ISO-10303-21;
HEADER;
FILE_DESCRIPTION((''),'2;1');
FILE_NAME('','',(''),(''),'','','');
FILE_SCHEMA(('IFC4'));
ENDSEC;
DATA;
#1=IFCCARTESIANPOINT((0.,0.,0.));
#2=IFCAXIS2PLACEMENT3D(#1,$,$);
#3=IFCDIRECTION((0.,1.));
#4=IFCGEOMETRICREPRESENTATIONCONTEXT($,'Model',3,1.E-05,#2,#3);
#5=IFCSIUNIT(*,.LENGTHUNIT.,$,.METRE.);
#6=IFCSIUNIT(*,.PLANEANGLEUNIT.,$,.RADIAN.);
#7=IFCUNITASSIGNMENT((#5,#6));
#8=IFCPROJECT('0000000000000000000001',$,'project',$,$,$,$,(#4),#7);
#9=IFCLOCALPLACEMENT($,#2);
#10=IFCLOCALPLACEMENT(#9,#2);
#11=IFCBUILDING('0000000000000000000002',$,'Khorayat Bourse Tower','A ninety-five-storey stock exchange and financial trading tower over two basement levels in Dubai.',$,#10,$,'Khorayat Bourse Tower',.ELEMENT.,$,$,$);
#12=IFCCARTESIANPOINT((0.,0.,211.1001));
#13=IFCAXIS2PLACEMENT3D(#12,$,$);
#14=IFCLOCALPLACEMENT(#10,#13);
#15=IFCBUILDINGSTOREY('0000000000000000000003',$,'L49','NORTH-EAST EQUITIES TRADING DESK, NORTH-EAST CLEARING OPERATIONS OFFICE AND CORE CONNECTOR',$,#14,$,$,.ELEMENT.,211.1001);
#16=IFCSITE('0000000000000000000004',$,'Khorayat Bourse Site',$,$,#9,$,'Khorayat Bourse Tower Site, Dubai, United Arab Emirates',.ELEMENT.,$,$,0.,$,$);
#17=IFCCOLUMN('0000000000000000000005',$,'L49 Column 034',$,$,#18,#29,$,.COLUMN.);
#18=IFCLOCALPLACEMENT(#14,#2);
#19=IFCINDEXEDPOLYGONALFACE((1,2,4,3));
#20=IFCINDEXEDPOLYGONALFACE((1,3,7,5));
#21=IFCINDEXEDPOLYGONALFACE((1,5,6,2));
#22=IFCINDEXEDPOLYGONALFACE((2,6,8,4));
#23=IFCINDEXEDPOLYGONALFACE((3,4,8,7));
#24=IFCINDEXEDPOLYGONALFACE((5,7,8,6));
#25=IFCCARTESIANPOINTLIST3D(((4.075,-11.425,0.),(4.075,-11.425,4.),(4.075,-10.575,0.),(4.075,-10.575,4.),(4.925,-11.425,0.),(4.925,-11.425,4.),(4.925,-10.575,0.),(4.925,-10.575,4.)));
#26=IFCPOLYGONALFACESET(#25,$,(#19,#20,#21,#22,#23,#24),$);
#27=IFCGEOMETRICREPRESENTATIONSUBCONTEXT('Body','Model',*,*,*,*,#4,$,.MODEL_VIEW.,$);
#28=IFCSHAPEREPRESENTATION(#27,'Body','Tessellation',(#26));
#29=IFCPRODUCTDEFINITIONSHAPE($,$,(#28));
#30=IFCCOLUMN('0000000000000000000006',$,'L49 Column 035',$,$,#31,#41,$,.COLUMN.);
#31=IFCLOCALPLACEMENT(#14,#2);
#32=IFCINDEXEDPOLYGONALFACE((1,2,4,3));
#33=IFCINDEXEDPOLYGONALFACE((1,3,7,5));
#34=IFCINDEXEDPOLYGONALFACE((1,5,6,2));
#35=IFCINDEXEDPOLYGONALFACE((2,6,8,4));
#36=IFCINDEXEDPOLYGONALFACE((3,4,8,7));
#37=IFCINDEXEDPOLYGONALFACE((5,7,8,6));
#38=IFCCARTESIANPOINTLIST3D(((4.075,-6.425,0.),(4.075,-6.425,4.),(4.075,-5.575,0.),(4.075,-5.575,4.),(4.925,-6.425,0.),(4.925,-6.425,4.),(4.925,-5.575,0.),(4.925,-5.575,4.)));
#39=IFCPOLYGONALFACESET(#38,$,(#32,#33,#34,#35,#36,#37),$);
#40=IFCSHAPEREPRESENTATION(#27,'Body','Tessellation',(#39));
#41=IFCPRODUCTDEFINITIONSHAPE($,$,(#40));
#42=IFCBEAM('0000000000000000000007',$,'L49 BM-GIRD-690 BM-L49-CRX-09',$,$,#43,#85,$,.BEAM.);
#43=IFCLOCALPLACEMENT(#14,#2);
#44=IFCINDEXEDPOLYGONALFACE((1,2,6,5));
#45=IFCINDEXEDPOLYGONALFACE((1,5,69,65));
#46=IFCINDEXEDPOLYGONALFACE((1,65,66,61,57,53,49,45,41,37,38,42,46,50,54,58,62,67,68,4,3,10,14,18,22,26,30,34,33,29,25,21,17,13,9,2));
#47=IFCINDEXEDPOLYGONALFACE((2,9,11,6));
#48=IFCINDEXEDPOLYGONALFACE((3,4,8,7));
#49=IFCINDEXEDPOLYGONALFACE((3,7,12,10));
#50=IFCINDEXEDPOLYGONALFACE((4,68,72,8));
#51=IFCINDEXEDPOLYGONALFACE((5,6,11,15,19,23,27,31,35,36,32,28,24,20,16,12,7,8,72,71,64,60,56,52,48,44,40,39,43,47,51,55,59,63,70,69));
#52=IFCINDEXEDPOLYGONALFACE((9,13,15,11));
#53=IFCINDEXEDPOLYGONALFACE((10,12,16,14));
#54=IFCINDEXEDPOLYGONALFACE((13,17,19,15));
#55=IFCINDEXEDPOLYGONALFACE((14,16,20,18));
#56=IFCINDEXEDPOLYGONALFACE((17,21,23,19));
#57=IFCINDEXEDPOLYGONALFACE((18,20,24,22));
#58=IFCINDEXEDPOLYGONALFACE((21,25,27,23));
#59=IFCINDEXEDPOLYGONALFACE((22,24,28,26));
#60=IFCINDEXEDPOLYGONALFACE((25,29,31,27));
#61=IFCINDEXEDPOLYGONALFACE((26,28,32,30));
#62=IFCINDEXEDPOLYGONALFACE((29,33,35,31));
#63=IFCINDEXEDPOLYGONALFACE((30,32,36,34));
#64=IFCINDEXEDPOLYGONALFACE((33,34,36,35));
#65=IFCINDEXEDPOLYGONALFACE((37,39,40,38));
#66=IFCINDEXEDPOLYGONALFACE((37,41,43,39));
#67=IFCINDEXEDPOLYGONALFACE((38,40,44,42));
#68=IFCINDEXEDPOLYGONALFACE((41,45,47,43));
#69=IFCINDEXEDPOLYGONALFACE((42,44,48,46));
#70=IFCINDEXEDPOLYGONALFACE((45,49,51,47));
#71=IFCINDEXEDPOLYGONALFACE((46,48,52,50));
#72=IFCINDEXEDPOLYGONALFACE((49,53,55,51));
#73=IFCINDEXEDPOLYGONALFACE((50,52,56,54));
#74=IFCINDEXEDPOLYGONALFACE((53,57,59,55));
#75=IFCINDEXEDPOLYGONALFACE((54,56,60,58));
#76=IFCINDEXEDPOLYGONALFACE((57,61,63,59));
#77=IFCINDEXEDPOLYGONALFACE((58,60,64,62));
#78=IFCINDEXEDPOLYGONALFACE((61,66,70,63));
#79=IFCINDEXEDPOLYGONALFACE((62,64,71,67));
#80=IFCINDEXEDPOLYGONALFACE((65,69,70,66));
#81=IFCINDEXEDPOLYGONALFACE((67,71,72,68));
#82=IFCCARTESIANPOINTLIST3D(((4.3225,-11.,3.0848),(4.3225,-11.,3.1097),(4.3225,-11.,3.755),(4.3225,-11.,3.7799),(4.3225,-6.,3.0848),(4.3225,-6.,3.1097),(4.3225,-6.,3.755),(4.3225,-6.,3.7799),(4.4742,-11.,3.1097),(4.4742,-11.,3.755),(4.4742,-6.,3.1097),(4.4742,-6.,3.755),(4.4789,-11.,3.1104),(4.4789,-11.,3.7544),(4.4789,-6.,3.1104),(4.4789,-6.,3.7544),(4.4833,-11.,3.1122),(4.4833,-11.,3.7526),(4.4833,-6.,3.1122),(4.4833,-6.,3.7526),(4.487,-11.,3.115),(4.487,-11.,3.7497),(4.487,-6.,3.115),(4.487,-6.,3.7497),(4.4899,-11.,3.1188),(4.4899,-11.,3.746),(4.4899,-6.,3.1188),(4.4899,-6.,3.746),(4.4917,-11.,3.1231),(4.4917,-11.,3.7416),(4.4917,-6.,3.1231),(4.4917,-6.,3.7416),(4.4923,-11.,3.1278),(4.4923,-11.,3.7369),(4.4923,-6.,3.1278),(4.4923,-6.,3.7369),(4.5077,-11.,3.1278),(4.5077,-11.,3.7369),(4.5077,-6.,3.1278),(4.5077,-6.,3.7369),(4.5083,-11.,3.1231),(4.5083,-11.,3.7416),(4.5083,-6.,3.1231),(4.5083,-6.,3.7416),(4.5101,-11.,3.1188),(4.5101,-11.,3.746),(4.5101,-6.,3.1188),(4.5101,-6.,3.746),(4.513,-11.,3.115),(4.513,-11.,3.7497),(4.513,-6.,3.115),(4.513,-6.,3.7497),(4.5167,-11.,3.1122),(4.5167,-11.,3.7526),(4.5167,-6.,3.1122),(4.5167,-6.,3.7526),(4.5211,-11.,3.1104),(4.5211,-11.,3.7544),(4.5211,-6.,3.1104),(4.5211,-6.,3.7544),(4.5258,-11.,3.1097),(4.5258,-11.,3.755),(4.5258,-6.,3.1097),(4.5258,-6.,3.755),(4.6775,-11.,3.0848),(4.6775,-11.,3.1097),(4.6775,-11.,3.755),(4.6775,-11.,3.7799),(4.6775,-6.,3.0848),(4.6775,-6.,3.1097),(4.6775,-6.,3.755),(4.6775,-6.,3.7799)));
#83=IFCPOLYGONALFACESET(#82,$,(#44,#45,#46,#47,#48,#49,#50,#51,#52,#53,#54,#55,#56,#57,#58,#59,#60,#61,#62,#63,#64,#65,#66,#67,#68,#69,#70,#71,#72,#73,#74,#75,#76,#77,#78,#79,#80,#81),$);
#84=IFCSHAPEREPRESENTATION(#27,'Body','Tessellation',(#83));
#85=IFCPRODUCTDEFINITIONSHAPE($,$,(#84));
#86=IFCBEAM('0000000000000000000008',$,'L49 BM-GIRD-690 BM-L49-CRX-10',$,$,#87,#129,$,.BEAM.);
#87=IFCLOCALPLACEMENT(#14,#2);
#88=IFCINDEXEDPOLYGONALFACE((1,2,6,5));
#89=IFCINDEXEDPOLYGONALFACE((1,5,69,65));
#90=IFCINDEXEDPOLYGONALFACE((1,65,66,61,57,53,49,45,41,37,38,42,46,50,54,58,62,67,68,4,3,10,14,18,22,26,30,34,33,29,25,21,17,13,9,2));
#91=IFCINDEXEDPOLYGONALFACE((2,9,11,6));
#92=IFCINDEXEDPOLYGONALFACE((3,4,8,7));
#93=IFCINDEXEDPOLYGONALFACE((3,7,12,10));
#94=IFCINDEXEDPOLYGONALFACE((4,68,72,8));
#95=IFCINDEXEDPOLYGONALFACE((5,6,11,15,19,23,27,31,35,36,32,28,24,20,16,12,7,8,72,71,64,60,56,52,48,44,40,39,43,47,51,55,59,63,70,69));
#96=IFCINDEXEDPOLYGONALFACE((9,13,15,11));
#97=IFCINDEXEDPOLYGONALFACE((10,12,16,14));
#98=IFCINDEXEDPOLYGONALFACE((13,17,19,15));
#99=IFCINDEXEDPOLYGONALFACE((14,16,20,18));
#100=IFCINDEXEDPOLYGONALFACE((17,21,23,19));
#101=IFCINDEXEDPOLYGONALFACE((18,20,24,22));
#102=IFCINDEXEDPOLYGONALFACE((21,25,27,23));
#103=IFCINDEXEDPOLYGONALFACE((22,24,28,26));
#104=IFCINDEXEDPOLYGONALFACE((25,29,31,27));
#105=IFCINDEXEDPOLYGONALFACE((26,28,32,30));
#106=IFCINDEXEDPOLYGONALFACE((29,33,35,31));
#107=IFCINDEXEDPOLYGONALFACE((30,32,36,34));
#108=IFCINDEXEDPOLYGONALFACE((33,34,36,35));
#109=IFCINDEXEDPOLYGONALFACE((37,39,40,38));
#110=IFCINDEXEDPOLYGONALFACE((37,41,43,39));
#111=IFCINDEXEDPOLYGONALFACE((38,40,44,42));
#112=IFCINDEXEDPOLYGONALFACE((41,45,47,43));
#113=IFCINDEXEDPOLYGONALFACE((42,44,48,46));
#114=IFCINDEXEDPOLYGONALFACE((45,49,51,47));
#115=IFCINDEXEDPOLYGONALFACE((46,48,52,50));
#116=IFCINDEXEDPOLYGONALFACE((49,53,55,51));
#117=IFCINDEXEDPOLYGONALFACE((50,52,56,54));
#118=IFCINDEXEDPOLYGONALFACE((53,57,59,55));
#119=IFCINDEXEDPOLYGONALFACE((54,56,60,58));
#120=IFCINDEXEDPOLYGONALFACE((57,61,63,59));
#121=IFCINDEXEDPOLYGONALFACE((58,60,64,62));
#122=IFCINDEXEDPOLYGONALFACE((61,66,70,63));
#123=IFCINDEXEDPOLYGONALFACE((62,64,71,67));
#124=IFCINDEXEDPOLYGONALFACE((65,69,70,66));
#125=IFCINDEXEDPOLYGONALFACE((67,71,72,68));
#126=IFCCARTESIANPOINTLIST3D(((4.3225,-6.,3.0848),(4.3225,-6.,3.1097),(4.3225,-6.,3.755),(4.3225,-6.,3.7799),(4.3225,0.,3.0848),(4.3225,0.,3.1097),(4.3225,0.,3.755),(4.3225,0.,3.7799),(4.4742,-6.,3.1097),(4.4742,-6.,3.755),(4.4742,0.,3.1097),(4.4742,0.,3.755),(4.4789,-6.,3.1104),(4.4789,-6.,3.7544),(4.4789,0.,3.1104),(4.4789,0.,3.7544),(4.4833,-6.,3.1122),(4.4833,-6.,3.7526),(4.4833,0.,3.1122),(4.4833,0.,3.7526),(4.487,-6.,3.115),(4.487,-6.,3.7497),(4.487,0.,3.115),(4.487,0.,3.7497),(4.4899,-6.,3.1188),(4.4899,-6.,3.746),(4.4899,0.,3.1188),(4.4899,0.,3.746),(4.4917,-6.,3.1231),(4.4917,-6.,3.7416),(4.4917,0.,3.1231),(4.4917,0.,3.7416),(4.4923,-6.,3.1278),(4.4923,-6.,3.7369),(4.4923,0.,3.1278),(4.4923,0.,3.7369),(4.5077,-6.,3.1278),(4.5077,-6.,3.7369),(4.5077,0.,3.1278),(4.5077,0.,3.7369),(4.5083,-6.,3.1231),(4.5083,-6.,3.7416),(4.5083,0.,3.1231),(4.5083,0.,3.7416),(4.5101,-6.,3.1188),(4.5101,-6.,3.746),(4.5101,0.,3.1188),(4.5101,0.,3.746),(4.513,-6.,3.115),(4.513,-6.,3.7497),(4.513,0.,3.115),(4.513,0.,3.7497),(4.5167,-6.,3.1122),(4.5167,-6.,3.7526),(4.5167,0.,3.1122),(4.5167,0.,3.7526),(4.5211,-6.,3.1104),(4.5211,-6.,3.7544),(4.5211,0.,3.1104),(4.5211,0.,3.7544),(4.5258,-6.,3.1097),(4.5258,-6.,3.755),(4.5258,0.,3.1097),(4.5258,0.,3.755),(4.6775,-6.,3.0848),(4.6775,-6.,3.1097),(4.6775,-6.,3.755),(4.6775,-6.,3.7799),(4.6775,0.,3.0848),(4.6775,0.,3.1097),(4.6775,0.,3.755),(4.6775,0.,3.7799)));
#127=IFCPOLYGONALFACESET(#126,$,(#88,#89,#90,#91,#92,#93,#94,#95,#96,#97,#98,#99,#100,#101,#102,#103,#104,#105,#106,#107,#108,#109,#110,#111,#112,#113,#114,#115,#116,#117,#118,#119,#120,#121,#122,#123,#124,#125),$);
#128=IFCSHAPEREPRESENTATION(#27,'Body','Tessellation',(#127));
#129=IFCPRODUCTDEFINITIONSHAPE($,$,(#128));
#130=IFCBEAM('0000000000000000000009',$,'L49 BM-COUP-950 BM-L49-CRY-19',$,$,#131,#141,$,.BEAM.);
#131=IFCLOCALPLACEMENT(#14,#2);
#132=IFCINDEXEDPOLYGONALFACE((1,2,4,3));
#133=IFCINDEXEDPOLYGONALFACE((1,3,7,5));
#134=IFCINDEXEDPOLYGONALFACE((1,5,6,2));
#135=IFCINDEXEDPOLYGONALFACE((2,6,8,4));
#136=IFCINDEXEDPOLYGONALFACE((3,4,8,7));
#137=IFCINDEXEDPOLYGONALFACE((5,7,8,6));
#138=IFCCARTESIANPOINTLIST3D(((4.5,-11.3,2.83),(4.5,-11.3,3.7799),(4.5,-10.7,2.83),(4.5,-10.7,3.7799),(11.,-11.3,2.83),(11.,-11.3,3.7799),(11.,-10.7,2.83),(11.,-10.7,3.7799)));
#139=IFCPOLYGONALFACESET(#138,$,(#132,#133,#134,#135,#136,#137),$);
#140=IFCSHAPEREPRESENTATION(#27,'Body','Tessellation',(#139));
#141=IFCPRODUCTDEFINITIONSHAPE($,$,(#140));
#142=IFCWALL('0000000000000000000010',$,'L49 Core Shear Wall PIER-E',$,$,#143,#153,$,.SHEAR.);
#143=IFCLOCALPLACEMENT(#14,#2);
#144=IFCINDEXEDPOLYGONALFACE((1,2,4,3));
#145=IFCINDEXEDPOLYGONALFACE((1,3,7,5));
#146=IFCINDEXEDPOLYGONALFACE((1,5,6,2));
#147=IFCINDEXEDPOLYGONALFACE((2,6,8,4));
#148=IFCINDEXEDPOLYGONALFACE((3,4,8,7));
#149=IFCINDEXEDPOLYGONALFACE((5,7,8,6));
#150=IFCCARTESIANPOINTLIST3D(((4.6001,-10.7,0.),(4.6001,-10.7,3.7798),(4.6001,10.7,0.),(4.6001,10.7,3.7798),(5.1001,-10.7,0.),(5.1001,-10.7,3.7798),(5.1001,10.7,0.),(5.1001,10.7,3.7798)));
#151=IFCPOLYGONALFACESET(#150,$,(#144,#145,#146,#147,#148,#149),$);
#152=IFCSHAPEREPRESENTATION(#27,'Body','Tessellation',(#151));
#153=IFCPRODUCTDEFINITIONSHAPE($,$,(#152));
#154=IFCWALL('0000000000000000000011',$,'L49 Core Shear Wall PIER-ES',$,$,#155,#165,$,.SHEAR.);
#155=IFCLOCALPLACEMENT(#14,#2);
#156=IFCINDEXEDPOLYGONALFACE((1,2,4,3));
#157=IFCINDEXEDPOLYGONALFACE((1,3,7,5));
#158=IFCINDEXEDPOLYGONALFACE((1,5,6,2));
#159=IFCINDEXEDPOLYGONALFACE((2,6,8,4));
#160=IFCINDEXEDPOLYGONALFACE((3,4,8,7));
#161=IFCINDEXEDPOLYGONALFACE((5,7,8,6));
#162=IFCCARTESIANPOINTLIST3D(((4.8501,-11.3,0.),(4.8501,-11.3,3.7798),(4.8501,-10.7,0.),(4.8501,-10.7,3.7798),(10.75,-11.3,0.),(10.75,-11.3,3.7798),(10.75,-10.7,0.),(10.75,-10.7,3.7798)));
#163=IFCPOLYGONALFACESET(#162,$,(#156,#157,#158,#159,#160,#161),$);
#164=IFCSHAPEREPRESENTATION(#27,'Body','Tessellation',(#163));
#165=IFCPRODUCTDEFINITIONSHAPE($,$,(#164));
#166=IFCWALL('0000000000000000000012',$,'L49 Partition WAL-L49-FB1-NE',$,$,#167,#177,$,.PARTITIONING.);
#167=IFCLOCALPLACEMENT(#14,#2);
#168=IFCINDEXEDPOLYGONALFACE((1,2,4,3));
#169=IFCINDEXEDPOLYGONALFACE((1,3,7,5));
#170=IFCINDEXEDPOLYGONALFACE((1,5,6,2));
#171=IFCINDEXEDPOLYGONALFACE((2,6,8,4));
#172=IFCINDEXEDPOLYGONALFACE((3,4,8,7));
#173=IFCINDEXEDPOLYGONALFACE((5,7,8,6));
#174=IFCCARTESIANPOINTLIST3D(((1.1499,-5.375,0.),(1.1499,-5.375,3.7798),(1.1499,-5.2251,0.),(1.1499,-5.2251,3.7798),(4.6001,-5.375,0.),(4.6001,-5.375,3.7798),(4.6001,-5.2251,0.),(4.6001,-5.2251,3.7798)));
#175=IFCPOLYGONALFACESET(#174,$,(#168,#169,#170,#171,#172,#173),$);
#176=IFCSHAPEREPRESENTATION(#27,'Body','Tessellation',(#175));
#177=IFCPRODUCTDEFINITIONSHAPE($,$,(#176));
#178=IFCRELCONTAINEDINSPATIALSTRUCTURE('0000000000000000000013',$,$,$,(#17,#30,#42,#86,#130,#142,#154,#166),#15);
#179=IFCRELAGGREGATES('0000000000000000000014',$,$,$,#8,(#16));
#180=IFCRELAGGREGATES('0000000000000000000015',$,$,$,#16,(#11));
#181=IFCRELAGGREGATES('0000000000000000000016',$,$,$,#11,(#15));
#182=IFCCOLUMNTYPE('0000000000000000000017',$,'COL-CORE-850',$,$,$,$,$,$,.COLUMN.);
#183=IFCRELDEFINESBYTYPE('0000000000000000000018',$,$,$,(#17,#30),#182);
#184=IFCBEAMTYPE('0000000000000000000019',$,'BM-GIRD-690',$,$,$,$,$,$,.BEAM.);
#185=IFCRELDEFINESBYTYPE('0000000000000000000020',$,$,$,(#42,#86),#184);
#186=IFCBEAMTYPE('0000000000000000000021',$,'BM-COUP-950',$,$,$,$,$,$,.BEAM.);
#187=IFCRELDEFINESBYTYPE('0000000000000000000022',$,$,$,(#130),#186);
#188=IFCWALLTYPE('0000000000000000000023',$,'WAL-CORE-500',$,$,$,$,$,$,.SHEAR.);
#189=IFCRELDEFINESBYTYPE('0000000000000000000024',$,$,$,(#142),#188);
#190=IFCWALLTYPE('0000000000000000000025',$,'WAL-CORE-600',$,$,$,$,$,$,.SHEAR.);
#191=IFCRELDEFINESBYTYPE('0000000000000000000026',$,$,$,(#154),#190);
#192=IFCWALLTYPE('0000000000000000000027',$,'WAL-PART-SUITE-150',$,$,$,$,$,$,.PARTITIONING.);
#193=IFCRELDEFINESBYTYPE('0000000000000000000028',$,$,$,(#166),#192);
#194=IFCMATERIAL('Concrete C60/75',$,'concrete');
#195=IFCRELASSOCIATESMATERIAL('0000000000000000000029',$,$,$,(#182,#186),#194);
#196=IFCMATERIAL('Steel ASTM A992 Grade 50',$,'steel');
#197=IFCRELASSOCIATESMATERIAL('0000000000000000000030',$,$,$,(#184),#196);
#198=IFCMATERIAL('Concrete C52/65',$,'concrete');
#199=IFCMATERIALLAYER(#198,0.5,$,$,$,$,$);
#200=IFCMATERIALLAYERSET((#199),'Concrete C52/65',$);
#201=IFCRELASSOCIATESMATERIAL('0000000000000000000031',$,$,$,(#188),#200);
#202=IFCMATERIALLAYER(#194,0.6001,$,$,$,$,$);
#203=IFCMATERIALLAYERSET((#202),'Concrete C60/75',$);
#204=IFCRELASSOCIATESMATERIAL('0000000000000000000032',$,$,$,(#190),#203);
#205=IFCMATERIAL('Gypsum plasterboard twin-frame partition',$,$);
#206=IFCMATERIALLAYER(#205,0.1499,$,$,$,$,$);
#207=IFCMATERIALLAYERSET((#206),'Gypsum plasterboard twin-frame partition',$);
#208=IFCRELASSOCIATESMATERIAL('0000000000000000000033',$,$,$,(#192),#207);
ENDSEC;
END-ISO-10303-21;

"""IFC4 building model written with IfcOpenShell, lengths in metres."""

from ifc_helpers import new_model, si_unit, direction, frame, frame_2d, origin, origin_2d, place, context, subcontext, project, spatial, rectangle, i_section, extrude, source, transform, mapped, material, layer, layer_set, material_profile, profile_set, type_object, element, save


model = new_model("IFC4")

# Units and contexts
model_context = context("Model", 3, precision=1e-05, world=origin(), true_north=direction((0.0, 1.0)))
body_context = subcontext(model_context, "Body", "Model", "MODEL_VIEW")
ifc_project = project(units=[si_unit("LENGTHUNIT", "METRE"), si_unit("PLANEANGLEUNIT", "RADIAN")], contexts=[model_context])

# Site, building, storey
site_placement = place(None, origin())
site = spatial("IfcSite", under=ifc_project, at=site_placement, Name="Khorayat Bourse Site", LongName="Khorayat Bourse Tower Site, Dubai, United Arab Emirates", CompositionType="ELEMENT", RefElevation=0.0)
building_placement = place(site_placement, origin())
building = spatial("IfcBuilding", under=site, at=building_placement, Name="Khorayat Bourse Tower", Description="A ninety-five-storey stock exchange and financial trading tower over two basement levels in Dubai.", LongName="Khorayat Bourse Tower", CompositionType="ELEMENT")
storey_placement = place(building_placement, frame((0.0, 0.0, 211.1001)))
storey = spatial("IfcBuildingStorey", under=building, at=storey_placement, Name="L49", Description="NORTH-EAST EQUITIES TRADING DESK, NORTH-EAST CLEARING OPERATIONS OFFICE AND CORE CONNECTOR", CompositionType="ELEMENT", Elevation=211.1001)

# Columns
ifc_material_1 = material(Name="Concrete C60/75", Category="concrete")
ifc_material_profile_1 = material_profile(ifc_material_1, rectangle(XDim=0.8501, YDim=0.8501, at=origin_2d()), Name="RC 850x850")
ifc_profile_set_1 = profile_set([ifc_material_profile_1], Name="Concrete C60/75")
column_type = type_object("IfcColumnType", Name="COL-CORE-850", PredefinedType="COLUMN", material=ifc_profile_set_1)
shared_shape_1 = source(origin(), body_context, "Body", "SweptSolid", [
    extrude(rectangle(XDim=0.8501, YDim=0.8501, at=origin_2d()), origin(), (0.0, 0.0, 1.0), 4.0),
])
for number, where, z_axis, x_axis, name in (
    (1, (4.5, -11.0, 0.0), (0.0, 0.0, 1.0), (1.0, 0.0, 0.0), "L49 Column 034"),
    (2, (4.5, -6.0, 0.0), (0.0, 0.0, 1.0), (1.0, 0.0, 0.0), "L49 Column 035"),
):
    element("IfcColumn", number, at=place(storey_placement, frame(where, z_axis=z_axis, x_axis=x_axis)), inside=storey, type_object=column_type, Name=name, PredefinedType="COLUMN", context=body_context, shape_type="MappedRepresentation", body=[
        mapped(shared_shape_1, transform((0.0, 0.0, 0.0), scale=1.0)),
    ])

# Beams
ifc_material_2 = material(Name="Steel ASTM A992 Grade 50", Category="steel")
ifc_material_profile_2 = material_profile(ifc_material_2, i_section(OverallWidth=0.355, OverallDepth=0.6951, WebThickness=0.0154, FlangeThickness=0.0249, FilletRadius=0.0181, at=origin_2d()), Name="W690X217")
ifc_profile_set_2 = profile_set([ifc_material_profile_2], Name="Steel ASTM A992 Grade 50")
beam_type_1 = type_object("IfcBeamType", Name="BM-GIRD-690", PredefinedType="BEAM", material=ifc_profile_set_2)
shared_shape_2 = source(origin(), body_context, "Body", "SweptSolid", [
    extrude(i_section(OverallWidth=0.355, OverallDepth=0.6951, WebThickness=0.0154, FlangeThickness=0.0249, FilletRadius=0.0181, at=origin_2d()), origin(), (0.0, 0.0, 1.0), 5.0),
])
beam_1_placement = place(storey_placement, frame((4.5, -11.0, 3.4324), z_axis=(0.0, 1.0, 0.0), x_axis=(-1.0, 0.0, 0.0)))
element("IfcBeam", 3, at=beam_1_placement, inside=storey, type_object=beam_type_1, Name="L49 BM-GIRD-690 BM-L49-CRX-09", PredefinedType="BEAM", context=body_context, shape_type="MappedRepresentation", body=[
    mapped(shared_shape_2, transform((0.0, 0.0, 0.0), scale=1.0)),
])
shared_shape_3 = source(origin(), body_context, "Body", "SweptSolid", [
    extrude(i_section(OverallWidth=0.355, OverallDepth=0.6951, WebThickness=0.0154, FlangeThickness=0.0249, FilletRadius=0.0181, at=origin_2d()), origin(), (0.0, 0.0, 1.0), 6.0),
])
beam_2_placement = place(storey_placement, frame((4.5, -6.0, 3.4324), z_axis=(0.0, 1.0, 0.0), x_axis=(-1.0, 0.0, 0.0)))
element("IfcBeam", 4, at=beam_2_placement, inside=storey, type_object=beam_type_1, Name="L49 BM-GIRD-690 BM-L49-CRX-10", PredefinedType="BEAM", context=body_context, shape_type="MappedRepresentation", body=[
    mapped(shared_shape_3, transform((0.0, 0.0, 0.0), scale=1.0)),
])
ifc_material_profile_3 = material_profile(ifc_material_1, rectangle(XDim=0.6001, YDim=0.95, at=origin_2d()), Name="RC 600x950")
ifc_profile_set_3 = profile_set([ifc_material_profile_3], Name="Concrete C60/75")
beam_type_2 = type_object("IfcBeamType", Name="BM-COUP-950", PredefinedType="BEAM", material=ifc_profile_set_3)
shared_shape_4 = source(origin(), body_context, "Body", "SweptSolid", [
    extrude(rectangle(XDim=0.6001, YDim=0.95, at=origin_2d()), origin(), (0.0, 0.0, 1.0), 6.5),
])
beam_3_placement = place(storey_placement, frame((4.5, -11.0, 3.3049), z_axis=(1.0, 0.0, 0.0), x_axis=(0.0, 1.0, 0.0)))
element("IfcBeam", 5, at=beam_3_placement, inside=storey, type_object=beam_type_2, Name="L49 BM-COUP-950 BM-L49-CRY-19", PredefinedType="BEAM", context=body_context, shape_type="MappedRepresentation", body=[
    mapped(shared_shape_4, transform((0.0, 0.0, 0.0), scale=1.0)),
])

# Walls
ifc_material_3 = material(Name="Concrete C52/65", Category="concrete")
ifc_layer_1 = layer(ifc_material_3, 0.5)
ifc_layer_set_1 = layer_set([ifc_layer_1], Name="Concrete C52/65")
wall_type_1 = type_object("IfcWallType", Name="WAL-CORE-500", PredefinedType="SHEAR", material=ifc_layer_set_1)
shared_shape_5 = source(origin(), body_context, "Body", "SweptSolid", [
    extrude(rectangle(XDim=21.3999, YDim=0.5, at=frame_2d((10.7, 0.0))), origin(), (0.0, 0.0, 1.0), 3.7798),
])
wall_1_placement = place(storey_placement, frame((4.8501, -10.7, 0.0), z_axis=(0.0, 0.0, 1.0), x_axis=(0.0, 1.0, 0.0)))
element("IfcWall", 6, at=wall_1_placement, inside=storey, type_object=wall_type_1, Name="L49 Core Shear Wall PIER-E", PredefinedType="SHEAR", context=body_context, shape_type="MappedRepresentation", body=[
    mapped(shared_shape_5, transform((0.0, 0.0, 0.0), scale=1.0)),
])
ifc_layer_2 = layer(ifc_material_1, 0.6001)
ifc_layer_set_2 = layer_set([ifc_layer_2], Name="Concrete C60/75")
wall_type_2 = type_object("IfcWallType", Name="WAL-CORE-600", PredefinedType="SHEAR", material=ifc_layer_set_2)
shared_shape_6 = source(origin(), body_context, "Body", "SweptSolid", [
    extrude(rectangle(XDim=5.8999, YDim=0.6001, at=frame_2d((2.95, 0.0))), origin(), (0.0, 0.0, 1.0), 3.7798),
])
wall_2_placement = place(storey_placement, frame((4.8501, -11.0, 0.0), z_axis=(0.0, 0.0, 1.0), x_axis=(1.0, 0.0, 0.0)))
element("IfcWall", 7, at=wall_2_placement, inside=storey, type_object=wall_type_2, Name="L49 Core Shear Wall PIER-ES", PredefinedType="SHEAR", context=body_context, shape_type="MappedRepresentation", body=[
    mapped(shared_shape_6, transform((0.0, 0.0, 0.0), scale=1.0)),
])
ifc_material_4 = material(Name="Gypsum plasterboard twin-frame partition")
ifc_layer_3 = layer(ifc_material_4, 0.1499)
ifc_layer_set_3 = layer_set([ifc_layer_3], Name="Gypsum plasterboard twin-frame partition")
wall_type_3 = type_object("IfcWallType", Name="WAL-PART-SUITE-150", PredefinedType="PARTITIONING", material=ifc_layer_set_3)
shared_shape_7 = source(origin(), body_context, "Body", "SweptSolid", [
    extrude(rectangle(XDim=3.4502, YDim=0.1499, at=frame_2d((1.7251, 0.0))), origin(), (0.0, 0.0, 1.0), 3.7798),
])
wall_3_placement = place(storey_placement, frame((1.1499, -5.3, 0.0), z_axis=(0.0, 0.0, 1.0), x_axis=(1.0, 0.0, 0.0)))
element("IfcWall", 8, at=wall_3_placement, inside=storey, type_object=wall_type_3, Name="L49 Partition WAL-L49-FB1-NE", PredefinedType="PARTITIONING", context=body_context, shape_type="MappedRepresentation", body=[
    mapped(shared_shape_7, transform((0.0, 0.0, 0.0), scale=1.0)),
])

save(model, "model.ifc")
